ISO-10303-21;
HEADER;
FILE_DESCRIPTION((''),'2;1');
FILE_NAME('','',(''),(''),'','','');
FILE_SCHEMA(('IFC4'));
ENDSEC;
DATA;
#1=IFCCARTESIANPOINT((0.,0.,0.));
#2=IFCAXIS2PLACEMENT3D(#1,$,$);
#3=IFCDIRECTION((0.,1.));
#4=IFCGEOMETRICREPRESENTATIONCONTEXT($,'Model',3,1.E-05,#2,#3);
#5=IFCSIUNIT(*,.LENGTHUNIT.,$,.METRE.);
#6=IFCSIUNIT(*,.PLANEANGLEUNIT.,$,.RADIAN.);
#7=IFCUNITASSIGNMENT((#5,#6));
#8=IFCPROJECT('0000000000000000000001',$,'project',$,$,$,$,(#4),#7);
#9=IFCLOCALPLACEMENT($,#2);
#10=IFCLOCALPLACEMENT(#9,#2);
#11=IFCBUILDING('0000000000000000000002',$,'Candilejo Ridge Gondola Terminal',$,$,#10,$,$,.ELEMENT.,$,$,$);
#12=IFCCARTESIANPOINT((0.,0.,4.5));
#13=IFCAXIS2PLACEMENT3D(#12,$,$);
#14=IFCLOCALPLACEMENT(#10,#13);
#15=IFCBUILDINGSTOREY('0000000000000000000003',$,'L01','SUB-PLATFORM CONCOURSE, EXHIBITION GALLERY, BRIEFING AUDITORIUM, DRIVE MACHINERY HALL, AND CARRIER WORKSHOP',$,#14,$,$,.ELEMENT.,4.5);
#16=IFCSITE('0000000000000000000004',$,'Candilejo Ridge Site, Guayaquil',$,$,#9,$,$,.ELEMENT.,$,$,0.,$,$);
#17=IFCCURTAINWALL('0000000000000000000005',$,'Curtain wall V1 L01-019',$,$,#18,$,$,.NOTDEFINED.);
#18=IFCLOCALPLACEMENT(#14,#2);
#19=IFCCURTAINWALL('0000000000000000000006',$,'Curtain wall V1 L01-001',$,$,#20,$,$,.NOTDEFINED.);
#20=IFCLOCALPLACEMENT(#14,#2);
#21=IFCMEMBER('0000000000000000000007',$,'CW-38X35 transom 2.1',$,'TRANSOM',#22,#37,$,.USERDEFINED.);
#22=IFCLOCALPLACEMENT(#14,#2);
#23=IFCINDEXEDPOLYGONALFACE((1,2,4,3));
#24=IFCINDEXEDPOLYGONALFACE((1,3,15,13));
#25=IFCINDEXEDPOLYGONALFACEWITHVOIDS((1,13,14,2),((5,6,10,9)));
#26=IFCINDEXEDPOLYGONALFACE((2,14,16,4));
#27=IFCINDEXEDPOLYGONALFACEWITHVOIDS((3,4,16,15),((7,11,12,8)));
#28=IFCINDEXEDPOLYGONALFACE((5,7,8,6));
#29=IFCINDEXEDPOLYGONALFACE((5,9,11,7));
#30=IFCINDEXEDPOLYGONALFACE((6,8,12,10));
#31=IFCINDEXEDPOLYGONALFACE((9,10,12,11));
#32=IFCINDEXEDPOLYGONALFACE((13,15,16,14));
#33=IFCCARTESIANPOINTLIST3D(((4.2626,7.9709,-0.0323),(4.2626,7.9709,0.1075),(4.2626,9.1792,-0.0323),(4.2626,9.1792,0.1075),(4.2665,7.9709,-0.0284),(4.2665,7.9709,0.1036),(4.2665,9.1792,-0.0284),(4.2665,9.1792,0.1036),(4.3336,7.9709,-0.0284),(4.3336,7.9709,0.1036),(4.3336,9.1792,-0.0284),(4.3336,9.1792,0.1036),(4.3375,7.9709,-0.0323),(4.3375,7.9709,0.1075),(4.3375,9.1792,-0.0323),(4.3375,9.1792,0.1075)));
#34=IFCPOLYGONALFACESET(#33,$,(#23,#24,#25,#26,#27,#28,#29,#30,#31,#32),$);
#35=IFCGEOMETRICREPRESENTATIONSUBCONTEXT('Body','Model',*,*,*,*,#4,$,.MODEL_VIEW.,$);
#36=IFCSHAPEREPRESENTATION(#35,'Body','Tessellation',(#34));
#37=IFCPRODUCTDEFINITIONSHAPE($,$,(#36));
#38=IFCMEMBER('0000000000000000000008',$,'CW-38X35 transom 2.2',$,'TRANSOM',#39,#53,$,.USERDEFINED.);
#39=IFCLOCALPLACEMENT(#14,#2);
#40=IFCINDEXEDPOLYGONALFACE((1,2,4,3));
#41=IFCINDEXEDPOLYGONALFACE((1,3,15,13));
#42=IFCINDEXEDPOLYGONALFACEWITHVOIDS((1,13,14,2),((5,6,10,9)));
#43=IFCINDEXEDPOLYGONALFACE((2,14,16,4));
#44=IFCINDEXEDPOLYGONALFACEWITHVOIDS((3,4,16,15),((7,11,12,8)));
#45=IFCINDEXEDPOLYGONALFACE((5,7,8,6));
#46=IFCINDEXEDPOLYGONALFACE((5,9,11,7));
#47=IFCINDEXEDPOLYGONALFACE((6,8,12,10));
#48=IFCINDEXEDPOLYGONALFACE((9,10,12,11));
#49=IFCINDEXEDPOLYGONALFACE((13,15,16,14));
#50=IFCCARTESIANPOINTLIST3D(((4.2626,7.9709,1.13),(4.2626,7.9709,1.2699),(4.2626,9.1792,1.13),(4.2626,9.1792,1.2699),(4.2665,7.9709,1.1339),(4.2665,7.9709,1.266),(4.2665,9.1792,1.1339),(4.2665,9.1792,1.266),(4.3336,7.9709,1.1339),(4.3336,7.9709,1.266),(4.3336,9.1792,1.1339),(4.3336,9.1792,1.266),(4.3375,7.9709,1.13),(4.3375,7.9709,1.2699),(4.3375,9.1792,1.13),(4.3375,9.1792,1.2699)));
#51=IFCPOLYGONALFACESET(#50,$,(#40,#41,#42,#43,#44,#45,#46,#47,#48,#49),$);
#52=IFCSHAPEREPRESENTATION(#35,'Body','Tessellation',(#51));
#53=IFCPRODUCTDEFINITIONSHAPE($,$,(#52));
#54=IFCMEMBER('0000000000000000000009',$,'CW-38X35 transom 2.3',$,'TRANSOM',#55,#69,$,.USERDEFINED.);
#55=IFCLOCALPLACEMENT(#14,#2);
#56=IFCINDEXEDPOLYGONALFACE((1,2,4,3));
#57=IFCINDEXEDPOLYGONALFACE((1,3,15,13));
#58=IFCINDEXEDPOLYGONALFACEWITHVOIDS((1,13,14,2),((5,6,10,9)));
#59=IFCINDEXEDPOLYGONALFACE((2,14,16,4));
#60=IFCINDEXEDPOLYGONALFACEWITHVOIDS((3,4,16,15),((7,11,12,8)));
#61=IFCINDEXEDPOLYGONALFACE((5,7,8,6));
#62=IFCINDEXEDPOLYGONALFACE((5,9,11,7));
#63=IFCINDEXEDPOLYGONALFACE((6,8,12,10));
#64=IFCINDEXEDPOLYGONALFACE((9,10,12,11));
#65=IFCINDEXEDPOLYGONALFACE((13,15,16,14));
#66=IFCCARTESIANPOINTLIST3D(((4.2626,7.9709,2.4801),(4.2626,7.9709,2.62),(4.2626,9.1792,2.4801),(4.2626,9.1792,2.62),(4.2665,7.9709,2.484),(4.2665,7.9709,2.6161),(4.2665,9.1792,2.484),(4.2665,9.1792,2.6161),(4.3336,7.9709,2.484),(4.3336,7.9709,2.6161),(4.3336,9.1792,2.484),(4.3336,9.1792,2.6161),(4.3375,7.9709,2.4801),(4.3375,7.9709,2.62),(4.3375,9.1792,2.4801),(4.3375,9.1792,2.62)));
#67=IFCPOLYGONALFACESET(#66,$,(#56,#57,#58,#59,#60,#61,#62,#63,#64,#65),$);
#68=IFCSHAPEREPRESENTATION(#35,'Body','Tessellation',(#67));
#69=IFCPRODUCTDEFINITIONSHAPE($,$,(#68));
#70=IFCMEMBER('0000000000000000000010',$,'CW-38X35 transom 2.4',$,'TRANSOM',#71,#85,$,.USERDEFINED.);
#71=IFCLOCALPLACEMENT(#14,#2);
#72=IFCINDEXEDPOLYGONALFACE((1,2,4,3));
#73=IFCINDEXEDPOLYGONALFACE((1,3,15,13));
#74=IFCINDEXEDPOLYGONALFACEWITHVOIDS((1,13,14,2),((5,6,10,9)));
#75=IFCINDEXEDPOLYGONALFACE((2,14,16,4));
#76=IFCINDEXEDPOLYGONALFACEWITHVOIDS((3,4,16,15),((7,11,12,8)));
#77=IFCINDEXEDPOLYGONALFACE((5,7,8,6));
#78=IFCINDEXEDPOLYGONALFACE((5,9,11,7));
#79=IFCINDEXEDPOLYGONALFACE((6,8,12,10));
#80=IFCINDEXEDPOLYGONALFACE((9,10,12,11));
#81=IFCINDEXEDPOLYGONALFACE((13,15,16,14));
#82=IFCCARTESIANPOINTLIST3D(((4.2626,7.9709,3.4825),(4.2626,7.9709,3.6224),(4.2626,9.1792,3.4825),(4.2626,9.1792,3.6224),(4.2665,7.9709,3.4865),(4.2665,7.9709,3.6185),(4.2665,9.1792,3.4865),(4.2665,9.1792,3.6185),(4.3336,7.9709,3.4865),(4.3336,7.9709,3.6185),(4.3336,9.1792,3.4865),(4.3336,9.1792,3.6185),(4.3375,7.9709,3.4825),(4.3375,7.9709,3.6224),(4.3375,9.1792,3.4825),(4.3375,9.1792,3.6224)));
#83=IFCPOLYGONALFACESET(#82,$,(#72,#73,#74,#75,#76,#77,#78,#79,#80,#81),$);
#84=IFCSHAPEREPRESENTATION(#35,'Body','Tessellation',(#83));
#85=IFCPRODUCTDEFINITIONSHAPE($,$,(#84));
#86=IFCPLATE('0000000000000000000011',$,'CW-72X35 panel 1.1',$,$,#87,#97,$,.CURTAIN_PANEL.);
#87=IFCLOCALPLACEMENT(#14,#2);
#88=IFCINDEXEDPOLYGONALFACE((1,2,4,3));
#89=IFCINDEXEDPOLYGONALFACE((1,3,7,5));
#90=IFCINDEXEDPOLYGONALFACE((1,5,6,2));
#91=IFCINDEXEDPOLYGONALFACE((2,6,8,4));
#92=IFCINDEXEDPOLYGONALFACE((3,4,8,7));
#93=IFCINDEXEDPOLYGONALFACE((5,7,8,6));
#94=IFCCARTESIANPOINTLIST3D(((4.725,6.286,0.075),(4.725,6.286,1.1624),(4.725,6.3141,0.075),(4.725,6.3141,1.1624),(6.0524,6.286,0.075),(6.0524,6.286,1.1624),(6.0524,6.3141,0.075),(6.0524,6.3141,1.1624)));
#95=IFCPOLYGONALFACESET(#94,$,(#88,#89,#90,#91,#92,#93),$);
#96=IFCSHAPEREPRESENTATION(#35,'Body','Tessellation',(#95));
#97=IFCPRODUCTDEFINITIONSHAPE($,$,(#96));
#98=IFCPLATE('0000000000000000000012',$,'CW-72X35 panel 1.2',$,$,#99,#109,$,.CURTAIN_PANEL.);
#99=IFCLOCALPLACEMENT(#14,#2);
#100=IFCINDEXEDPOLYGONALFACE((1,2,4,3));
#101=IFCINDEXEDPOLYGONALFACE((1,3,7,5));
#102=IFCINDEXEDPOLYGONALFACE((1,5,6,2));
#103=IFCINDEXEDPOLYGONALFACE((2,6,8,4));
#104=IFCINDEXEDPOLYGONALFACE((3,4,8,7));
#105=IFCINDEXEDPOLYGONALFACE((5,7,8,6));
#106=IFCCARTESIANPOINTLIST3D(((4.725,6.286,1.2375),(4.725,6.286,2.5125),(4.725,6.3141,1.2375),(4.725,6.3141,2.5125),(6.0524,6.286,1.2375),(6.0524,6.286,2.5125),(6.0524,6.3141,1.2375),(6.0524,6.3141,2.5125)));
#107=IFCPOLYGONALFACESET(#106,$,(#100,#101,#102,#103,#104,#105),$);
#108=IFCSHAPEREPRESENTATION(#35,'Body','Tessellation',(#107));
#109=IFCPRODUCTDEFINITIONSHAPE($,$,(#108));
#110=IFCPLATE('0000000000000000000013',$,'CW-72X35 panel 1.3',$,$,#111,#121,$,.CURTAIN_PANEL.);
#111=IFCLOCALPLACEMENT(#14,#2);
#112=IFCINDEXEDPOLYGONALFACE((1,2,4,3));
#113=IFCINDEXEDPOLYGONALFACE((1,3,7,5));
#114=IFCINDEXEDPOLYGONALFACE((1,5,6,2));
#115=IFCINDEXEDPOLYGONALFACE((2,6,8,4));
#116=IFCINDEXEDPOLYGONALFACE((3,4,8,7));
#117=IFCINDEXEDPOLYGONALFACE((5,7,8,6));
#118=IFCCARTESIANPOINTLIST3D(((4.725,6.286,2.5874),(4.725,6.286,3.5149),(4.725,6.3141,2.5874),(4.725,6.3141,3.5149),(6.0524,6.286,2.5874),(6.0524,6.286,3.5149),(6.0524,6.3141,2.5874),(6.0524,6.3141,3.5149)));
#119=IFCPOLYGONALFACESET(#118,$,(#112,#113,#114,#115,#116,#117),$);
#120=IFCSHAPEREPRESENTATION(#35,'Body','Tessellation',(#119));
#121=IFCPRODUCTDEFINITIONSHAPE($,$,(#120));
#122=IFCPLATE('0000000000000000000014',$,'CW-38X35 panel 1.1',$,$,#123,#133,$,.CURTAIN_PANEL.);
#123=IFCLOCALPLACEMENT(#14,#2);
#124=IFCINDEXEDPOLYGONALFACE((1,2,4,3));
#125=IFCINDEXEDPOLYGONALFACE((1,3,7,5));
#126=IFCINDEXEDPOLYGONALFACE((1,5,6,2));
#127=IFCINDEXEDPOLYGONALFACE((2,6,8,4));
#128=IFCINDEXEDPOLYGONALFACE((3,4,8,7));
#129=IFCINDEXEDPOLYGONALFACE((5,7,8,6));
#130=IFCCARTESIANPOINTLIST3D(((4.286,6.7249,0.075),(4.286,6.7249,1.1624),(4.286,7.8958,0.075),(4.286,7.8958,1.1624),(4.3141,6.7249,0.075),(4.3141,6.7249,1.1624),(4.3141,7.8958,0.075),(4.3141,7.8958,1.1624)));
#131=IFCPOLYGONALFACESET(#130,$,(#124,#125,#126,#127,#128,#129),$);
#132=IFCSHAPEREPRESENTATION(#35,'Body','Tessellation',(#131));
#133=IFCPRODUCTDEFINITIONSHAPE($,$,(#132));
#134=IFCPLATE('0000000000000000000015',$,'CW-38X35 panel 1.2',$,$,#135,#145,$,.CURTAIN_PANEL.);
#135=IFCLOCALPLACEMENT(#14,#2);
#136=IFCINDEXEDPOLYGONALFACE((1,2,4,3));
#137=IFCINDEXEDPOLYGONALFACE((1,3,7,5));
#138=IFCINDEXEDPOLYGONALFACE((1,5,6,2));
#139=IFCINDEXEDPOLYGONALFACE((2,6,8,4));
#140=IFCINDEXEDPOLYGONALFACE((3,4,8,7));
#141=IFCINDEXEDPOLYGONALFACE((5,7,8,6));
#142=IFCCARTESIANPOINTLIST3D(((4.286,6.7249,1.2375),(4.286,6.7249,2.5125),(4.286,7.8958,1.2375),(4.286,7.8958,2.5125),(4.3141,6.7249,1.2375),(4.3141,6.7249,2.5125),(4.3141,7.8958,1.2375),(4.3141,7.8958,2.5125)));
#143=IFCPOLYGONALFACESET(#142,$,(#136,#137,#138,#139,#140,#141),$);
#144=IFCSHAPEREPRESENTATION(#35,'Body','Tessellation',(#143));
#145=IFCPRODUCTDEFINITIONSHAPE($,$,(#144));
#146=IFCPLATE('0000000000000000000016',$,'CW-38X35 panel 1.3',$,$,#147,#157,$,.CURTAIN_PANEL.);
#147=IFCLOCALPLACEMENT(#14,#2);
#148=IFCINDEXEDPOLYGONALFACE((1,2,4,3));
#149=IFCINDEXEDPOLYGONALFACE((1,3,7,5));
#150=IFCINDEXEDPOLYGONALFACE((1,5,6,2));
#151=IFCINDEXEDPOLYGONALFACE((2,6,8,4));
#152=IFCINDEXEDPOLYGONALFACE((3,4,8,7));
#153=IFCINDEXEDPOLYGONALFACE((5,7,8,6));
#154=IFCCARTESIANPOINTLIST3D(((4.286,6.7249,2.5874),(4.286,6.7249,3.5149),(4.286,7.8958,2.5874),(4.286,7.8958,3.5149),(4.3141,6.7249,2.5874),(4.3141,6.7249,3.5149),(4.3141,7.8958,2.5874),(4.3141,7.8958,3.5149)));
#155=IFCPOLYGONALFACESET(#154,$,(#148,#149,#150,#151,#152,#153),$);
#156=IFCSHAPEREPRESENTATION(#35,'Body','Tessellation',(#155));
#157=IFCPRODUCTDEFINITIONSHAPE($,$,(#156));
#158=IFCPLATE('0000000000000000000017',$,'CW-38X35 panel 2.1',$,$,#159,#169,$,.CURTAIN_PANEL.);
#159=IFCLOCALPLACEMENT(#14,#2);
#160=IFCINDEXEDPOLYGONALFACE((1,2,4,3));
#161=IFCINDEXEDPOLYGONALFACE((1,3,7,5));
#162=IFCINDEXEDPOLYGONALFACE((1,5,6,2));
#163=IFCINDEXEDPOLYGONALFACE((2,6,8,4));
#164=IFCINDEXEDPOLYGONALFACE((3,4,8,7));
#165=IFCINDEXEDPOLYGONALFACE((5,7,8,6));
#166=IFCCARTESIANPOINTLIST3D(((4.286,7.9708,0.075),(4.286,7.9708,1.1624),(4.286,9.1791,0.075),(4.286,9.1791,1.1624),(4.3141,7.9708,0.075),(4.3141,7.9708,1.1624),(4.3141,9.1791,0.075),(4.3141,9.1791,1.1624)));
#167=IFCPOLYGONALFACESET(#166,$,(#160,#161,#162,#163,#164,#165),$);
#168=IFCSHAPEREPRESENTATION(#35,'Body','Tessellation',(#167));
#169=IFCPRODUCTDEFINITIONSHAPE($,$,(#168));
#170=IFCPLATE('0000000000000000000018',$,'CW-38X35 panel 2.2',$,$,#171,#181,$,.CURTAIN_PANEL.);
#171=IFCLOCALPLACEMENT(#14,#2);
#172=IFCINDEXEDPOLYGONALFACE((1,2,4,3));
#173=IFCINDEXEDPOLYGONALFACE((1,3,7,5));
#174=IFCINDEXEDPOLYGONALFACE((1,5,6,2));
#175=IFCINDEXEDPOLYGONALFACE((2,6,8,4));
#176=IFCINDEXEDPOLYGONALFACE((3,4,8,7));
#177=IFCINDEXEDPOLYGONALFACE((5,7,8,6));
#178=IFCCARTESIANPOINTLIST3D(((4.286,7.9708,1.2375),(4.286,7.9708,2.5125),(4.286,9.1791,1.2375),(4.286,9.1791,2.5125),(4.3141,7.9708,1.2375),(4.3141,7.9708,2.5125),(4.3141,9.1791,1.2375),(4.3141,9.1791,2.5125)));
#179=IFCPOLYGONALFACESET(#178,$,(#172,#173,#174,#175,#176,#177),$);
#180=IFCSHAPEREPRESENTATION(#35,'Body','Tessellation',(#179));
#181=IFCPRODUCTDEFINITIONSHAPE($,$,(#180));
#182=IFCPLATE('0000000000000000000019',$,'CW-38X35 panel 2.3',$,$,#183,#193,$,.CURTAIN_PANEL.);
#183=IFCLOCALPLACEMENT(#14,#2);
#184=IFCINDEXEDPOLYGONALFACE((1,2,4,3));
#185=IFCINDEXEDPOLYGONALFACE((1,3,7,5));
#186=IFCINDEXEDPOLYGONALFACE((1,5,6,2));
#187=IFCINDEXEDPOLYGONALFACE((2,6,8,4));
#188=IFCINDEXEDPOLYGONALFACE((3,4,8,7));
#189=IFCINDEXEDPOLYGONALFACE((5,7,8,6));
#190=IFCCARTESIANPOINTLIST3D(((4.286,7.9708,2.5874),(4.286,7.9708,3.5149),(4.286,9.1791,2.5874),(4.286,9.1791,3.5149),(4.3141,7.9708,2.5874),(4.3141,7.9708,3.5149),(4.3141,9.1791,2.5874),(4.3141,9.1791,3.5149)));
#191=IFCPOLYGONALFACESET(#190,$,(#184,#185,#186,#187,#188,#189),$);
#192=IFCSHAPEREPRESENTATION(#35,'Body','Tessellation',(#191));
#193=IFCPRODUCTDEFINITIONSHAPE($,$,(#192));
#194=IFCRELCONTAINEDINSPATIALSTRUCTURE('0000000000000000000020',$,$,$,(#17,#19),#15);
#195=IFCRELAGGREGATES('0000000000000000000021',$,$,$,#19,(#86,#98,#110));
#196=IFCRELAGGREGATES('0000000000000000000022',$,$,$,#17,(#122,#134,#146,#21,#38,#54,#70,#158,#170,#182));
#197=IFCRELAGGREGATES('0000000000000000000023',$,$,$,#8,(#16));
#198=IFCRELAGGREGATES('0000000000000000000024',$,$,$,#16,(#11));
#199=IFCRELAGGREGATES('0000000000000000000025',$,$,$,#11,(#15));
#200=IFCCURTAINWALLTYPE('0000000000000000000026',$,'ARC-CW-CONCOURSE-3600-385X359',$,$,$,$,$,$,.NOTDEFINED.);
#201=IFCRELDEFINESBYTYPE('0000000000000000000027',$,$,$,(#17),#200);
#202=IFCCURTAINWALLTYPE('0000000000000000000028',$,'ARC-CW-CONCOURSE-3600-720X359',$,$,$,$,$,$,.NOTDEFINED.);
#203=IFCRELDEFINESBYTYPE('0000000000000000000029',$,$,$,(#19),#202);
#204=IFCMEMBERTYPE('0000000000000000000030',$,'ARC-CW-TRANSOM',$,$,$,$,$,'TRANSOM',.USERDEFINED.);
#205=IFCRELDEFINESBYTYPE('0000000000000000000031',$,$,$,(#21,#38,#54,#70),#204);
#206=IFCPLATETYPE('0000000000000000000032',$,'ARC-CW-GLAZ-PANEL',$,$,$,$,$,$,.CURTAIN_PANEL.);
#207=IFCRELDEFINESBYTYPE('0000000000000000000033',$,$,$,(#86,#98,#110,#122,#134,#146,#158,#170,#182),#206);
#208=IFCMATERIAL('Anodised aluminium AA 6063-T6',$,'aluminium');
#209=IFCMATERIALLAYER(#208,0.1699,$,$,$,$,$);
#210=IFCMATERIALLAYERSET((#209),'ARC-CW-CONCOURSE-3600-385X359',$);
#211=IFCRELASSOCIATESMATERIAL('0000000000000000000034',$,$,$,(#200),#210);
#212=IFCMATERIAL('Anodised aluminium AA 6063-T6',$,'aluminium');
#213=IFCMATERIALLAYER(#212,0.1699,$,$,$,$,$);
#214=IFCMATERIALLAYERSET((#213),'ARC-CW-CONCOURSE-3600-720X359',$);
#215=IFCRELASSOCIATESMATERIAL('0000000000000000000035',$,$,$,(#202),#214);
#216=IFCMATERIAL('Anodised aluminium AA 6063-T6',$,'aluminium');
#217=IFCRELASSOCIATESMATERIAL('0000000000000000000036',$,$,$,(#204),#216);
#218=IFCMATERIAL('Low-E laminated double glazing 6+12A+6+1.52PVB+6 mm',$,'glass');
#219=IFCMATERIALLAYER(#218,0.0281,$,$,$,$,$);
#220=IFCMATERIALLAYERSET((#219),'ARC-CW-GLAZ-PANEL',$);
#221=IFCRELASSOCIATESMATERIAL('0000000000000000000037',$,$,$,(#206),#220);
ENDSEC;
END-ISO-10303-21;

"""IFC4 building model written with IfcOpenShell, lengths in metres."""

from ifc_helpers import new_model, si_unit, direction, frame, origin, origin_2d, place, context, subcontext, project, spatial, rectangle, hollow_rectangle, extrude, material, layer, layer_set, material_profile, profile_set, type_object, element, aggregate, save


model = new_model("IFC4")

# Units and contexts
model_context = context("Model", 3, precision=1e-05, world=origin(), true_north=direction((0.0, 1.0)))
body_context = subcontext(model_context, "Body", "Model", "MODEL_VIEW")
ifc_project = project(units=[si_unit("LENGTHUNIT", "METRE"), si_unit("PLANEANGLEUNIT", "RADIAN")], contexts=[model_context])

# Site, building, storey
site_placement = place(None, origin())
site = spatial("IfcSite", under=ifc_project, at=site_placement, Name="Candilejo Ridge Site, Guayaquil", CompositionType="ELEMENT", RefElevation=0.0)
building_placement = place(site_placement, origin())
building = spatial("IfcBuilding", under=site, at=building_placement, Name="Candilejo Ridge Gondola Terminal", CompositionType="ELEMENT")
storey_placement = place(building_placement, frame((0.0, 0.0, 4.5)))
storey = spatial("IfcBuildingStorey", under=building, at=storey_placement, Name="L01", Description="SUB-PLATFORM CONCOURSE, EXHIBITION GALLERY, BRIEFING AUDITORIUM, DRIVE MACHINERY HALL, AND CARRIER WORKSHOP", CompositionType="ELEMENT", Elevation=4.5)

# Curtain walls
ifc_material_1 = material(Name="Anodised aluminium AA 6063-T6", Category="aluminium")
ifc_layer_1 = layer(ifc_material_1, 0.1699)
ifc_layer_set_1 = layer_set([ifc_layer_1], Name="ARC-CW-CONCOURSE-3600-385X359")
curtain_wall_type_1 = type_object("IfcCurtainWallType", Name="ARC-CW-CONCOURSE-3600-385X359", PredefinedType="NOTDEFINED", material=ifc_layer_set_1)
curtain_wall_1_placement = place(storey_placement, origin())
curtain_wall_1 = element("IfcCurtainWall", 1, at=curtain_wall_1_placement, inside=storey, type_object=curtain_wall_type_1, Name="Curtain wall V1 L01-019", PredefinedType="NOTDEFINED")
ifc_material_2 = material(Name="Anodised aluminium AA 6063-T6", Category="aluminium")
ifc_layer_2 = layer(ifc_material_2, 0.1699)
ifc_layer_set_2 = layer_set([ifc_layer_2], Name="ARC-CW-CONCOURSE-3600-720X359")
curtain_wall_type_2 = type_object("IfcCurtainWallType", Name="ARC-CW-CONCOURSE-3600-720X359", PredefinedType="NOTDEFINED", material=ifc_layer_set_2)
curtain_wall_2_placement = place(storey_placement, origin())
curtain_wall_2 = element("IfcCurtainWall", 2, at=curtain_wall_2_placement, inside=storey, type_object=curtain_wall_type_2, Name="Curtain wall V1 L01-001", PredefinedType="NOTDEFINED")
ifc_material_3 = material(Name="Anodised aluminium AA 6063-T6", Category="aluminium")
ifc_material_profile_1 = material_profile(ifc_material_3, hollow_rectangle(XDim=0.075, YDim=0.1399, WallThickness=0.0039, at=origin_2d()))
ifc_profile_set_1 = profile_set([ifc_material_profile_1], Name="Anodised aluminium AA 6063-T6")
member_type_1 = type_object("IfcMemberType", Name="ARC-CW-TRANSOM", ElementType="TRANSOM", PredefinedType="USERDEFINED", material=ifc_profile_set_1)

# Members
member_1_placement = place(storey_placement, frame((4.3, 7.9709, 0.0376), z_axis=(0.0, 1.0, 0.0), x_axis=(-1.0, 0.0, 0.0)))
member_1 = element("IfcMember", 3, at=member_1_placement, type_object=member_type_1, Name="CW-38X35 transom 2.1", ObjectType="TRANSOM", PredefinedType="USERDEFINED", context=body_context, shape_type="SweptSolid", body=[
    extrude(hollow_rectangle(XDim=0.075, YDim=0.1399, WallThickness=0.0039, at=origin_2d()), origin(), (0.0, 0.0, 1.0), 1.2083),
])
member_2_placement = place(storey_placement, frame((4.3, 7.9709, 1.2), z_axis=(0.0, 1.0, 0.0), x_axis=(-1.0, 0.0, 0.0)))
member_2 = element("IfcMember", 4, at=member_2_placement, type_object=member_type_1, Name="CW-38X35 transom 2.2", ObjectType="TRANSOM", PredefinedType="USERDEFINED", context=body_context, shape_type="SweptSolid", body=[
    extrude(hollow_rectangle(XDim=0.075, YDim=0.1399, WallThickness=0.0039, at=origin_2d()), origin(), (0.0, 0.0, 1.0), 1.2083),
])
member_3_placement = place(storey_placement, frame((4.3, 7.9709, 2.55), z_axis=(0.0, 1.0, 0.0), x_axis=(-1.0, 0.0, 0.0)))
member_3 = element("IfcMember", 5, at=member_3_placement, type_object=member_type_1, Name="CW-38X35 transom 2.3", ObjectType="TRANSOM", PredefinedType="USERDEFINED", context=body_context, shape_type="SweptSolid", body=[
    extrude(hollow_rectangle(XDim=0.075, YDim=0.1399, WallThickness=0.0039, at=origin_2d()), origin(), (0.0, 0.0, 1.0), 1.2083),
])
member_4_placement = place(storey_placement, frame((4.3, 7.9709, 3.5525), z_axis=(0.0, 1.0, 0.0), x_axis=(-1.0, 0.0, 0.0)))
member_4 = element("IfcMember", 6, at=member_4_placement, type_object=member_type_1, Name="CW-38X35 transom 2.4", ObjectType="TRANSOM", PredefinedType="USERDEFINED", context=body_context, shape_type="SweptSolid", body=[
    extrude(hollow_rectangle(XDim=0.075, YDim=0.1399, WallThickness=0.0039, at=origin_2d()), origin(), (0.0, 0.0, 1.0), 1.2083),
])

# Plates
ifc_material_4 = material(Name="Low-E laminated double glazing 6+12A+6+1.52PVB+6 mm", Category="glass")
ifc_layer_3 = layer(ifc_material_4, 0.0281)
ifc_layer_set_3 = layer_set([ifc_layer_3], Name="ARC-CW-GLAZ-PANEL")
plate_type = type_object("IfcPlateType", Name="ARC-CW-GLAZ-PANEL", PredefinedType="CURTAIN_PANEL", material=ifc_layer_set_3)
plate_1_placement = place(storey_placement, frame((5.3887, 6.3, 0.075), z_axis=(0.0, 0.0, 1.0), x_axis=(1.0, 0.0, 0.0)))
plate_1 = element("IfcPlate", 7, at=plate_1_placement, type_object=plate_type, Name="CW-72X35 panel 1.1", PredefinedType="CURTAIN_PANEL", context=body_context, shape_type="SweptSolid", body=[
    extrude(rectangle(XDim=1.3274, YDim=0.0281, at=origin_2d()), origin(), (0.0, 0.0, 1.0), 1.0874),
])
plate_2_placement = place(storey_placement, frame((5.3887, 6.3, 1.2375), z_axis=(0.0, 0.0, 1.0), x_axis=(1.0, 0.0, 0.0)))
plate_2 = element("IfcPlate", 8, at=plate_2_placement, type_object=plate_type, Name="CW-72X35 panel 1.2", PredefinedType="CURTAIN_PANEL", context=body_context, shape_type="SweptSolid", body=[
    extrude(rectangle(XDim=1.3274, YDim=0.0281, at=origin_2d()), origin(), (0.0, 0.0, 1.0), 1.2749),
])
plate_3_placement = place(storey_placement, frame((5.3887, 6.3, 2.5874), z_axis=(0.0, 0.0, 1.0), x_axis=(1.0, 0.0, 0.0)))
plate_3 = element("IfcPlate", 9, at=plate_3_placement, type_object=plate_type, Name="CW-72X35 panel 1.3", PredefinedType="CURTAIN_PANEL", context=body_context, shape_type="SweptSolid", body=[
    extrude(rectangle(XDim=1.3274, YDim=0.0281, at=origin_2d()), origin(), (0.0, 0.0, 1.0), 0.9275),
])
aggregate(curtain_wall_2, [plate_1, plate_2, plate_3])
plate_4_placement = place(storey_placement, frame((4.3, 7.3103, 0.075), z_axis=(0.0, 0.0, 1.0), x_axis=(0.0, 1.0, 0.0)))
plate_4 = element("IfcPlate", 10, at=plate_4_placement, type_object=plate_type, Name="CW-38X35 panel 1.1", PredefinedType="CURTAIN_PANEL", context=body_context, shape_type="SweptSolid", body=[
    extrude(rectangle(XDim=1.1709, YDim=0.0281, at=origin_2d()), origin(), (0.0, 0.0, 1.0), 1.0874),
])
plate_5_placement = place(storey_placement, frame((4.3, 7.3103, 1.2375), z_axis=(0.0, 0.0, 1.0), x_axis=(0.0, 1.0, 0.0)))
plate_5 = element("IfcPlate", 11, at=plate_5_placement, type_object=plate_type, Name="CW-38X35 panel 1.2", PredefinedType="CURTAIN_PANEL", context=body_context, shape_type="SweptSolid", body=[
    extrude(rectangle(XDim=1.1709, YDim=0.0281, at=origin_2d()), origin(), (0.0, 0.0, 1.0), 1.2749),
])
plate_6_placement = place(storey_placement, frame((4.3, 7.3103, 2.5874), z_axis=(0.0, 0.0, 1.0), x_axis=(0.0, 1.0, 0.0)))
plate_6 = element("IfcPlate", 12, at=plate_6_placement, type_object=plate_type, Name="CW-38X35 panel 1.3", PredefinedType="CURTAIN_PANEL", context=body_context, shape_type="SweptSolid", body=[
    extrude(rectangle(XDim=1.1709, YDim=0.0281, at=origin_2d()), origin(), (0.0, 0.0, 1.0), 0.9275),
])
plate_7_placement = place(storey_placement, frame((4.3, 8.575, 0.075), z_axis=(0.0, 0.0, 1.0), x_axis=(0.0, 1.0, 0.0)))
plate_7 = element("IfcPlate", 13, at=plate_7_placement, type_object=plate_type, Name="CW-38X35 panel 2.1", PredefinedType="CURTAIN_PANEL", context=body_context, shape_type="SweptSolid", body=[
    extrude(rectangle(XDim=1.2083, YDim=0.0281, at=origin_2d()), origin(), (0.0, 0.0, 1.0), 1.0874),
])
plate_8_placement = place(storey_placement, frame((4.3, 8.575, 1.2375), z_axis=(0.0, 0.0, 1.0), x_axis=(0.0, 1.0, 0.0)))
plate_8 = element("IfcPlate", 14, at=plate_8_placement, type_object=plate_type, Name="CW-38X35 panel 2.2", PredefinedType="CURTAIN_PANEL", context=body_context, shape_type="SweptSolid", body=[
    extrude(rectangle(XDim=1.2083, YDim=0.0281, at=origin_2d()), origin(), (0.0, 0.0, 1.0), 1.2749),
])
plate_9_placement = place(storey_placement, frame((4.3, 8.575, 2.5874), z_axis=(0.0, 0.0, 1.0), x_axis=(0.0, 1.0, 0.0)))
plate_9 = element("IfcPlate", 15, at=plate_9_placement, type_object=plate_type, Name="CW-38X35 panel 2.3", PredefinedType="CURTAIN_PANEL", context=body_context, shape_type="SweptSolid", body=[
    extrude(rectangle(XDim=1.2083, YDim=0.0281, at=origin_2d()), origin(), (0.0, 0.0, 1.0), 0.9275),
])
aggregate(curtain_wall_1, [plate_4, plate_5, plate_6, member_1, member_2, member_3, member_4, plate_7, plate_8, plate_9])

save(model, "model.ifc")
